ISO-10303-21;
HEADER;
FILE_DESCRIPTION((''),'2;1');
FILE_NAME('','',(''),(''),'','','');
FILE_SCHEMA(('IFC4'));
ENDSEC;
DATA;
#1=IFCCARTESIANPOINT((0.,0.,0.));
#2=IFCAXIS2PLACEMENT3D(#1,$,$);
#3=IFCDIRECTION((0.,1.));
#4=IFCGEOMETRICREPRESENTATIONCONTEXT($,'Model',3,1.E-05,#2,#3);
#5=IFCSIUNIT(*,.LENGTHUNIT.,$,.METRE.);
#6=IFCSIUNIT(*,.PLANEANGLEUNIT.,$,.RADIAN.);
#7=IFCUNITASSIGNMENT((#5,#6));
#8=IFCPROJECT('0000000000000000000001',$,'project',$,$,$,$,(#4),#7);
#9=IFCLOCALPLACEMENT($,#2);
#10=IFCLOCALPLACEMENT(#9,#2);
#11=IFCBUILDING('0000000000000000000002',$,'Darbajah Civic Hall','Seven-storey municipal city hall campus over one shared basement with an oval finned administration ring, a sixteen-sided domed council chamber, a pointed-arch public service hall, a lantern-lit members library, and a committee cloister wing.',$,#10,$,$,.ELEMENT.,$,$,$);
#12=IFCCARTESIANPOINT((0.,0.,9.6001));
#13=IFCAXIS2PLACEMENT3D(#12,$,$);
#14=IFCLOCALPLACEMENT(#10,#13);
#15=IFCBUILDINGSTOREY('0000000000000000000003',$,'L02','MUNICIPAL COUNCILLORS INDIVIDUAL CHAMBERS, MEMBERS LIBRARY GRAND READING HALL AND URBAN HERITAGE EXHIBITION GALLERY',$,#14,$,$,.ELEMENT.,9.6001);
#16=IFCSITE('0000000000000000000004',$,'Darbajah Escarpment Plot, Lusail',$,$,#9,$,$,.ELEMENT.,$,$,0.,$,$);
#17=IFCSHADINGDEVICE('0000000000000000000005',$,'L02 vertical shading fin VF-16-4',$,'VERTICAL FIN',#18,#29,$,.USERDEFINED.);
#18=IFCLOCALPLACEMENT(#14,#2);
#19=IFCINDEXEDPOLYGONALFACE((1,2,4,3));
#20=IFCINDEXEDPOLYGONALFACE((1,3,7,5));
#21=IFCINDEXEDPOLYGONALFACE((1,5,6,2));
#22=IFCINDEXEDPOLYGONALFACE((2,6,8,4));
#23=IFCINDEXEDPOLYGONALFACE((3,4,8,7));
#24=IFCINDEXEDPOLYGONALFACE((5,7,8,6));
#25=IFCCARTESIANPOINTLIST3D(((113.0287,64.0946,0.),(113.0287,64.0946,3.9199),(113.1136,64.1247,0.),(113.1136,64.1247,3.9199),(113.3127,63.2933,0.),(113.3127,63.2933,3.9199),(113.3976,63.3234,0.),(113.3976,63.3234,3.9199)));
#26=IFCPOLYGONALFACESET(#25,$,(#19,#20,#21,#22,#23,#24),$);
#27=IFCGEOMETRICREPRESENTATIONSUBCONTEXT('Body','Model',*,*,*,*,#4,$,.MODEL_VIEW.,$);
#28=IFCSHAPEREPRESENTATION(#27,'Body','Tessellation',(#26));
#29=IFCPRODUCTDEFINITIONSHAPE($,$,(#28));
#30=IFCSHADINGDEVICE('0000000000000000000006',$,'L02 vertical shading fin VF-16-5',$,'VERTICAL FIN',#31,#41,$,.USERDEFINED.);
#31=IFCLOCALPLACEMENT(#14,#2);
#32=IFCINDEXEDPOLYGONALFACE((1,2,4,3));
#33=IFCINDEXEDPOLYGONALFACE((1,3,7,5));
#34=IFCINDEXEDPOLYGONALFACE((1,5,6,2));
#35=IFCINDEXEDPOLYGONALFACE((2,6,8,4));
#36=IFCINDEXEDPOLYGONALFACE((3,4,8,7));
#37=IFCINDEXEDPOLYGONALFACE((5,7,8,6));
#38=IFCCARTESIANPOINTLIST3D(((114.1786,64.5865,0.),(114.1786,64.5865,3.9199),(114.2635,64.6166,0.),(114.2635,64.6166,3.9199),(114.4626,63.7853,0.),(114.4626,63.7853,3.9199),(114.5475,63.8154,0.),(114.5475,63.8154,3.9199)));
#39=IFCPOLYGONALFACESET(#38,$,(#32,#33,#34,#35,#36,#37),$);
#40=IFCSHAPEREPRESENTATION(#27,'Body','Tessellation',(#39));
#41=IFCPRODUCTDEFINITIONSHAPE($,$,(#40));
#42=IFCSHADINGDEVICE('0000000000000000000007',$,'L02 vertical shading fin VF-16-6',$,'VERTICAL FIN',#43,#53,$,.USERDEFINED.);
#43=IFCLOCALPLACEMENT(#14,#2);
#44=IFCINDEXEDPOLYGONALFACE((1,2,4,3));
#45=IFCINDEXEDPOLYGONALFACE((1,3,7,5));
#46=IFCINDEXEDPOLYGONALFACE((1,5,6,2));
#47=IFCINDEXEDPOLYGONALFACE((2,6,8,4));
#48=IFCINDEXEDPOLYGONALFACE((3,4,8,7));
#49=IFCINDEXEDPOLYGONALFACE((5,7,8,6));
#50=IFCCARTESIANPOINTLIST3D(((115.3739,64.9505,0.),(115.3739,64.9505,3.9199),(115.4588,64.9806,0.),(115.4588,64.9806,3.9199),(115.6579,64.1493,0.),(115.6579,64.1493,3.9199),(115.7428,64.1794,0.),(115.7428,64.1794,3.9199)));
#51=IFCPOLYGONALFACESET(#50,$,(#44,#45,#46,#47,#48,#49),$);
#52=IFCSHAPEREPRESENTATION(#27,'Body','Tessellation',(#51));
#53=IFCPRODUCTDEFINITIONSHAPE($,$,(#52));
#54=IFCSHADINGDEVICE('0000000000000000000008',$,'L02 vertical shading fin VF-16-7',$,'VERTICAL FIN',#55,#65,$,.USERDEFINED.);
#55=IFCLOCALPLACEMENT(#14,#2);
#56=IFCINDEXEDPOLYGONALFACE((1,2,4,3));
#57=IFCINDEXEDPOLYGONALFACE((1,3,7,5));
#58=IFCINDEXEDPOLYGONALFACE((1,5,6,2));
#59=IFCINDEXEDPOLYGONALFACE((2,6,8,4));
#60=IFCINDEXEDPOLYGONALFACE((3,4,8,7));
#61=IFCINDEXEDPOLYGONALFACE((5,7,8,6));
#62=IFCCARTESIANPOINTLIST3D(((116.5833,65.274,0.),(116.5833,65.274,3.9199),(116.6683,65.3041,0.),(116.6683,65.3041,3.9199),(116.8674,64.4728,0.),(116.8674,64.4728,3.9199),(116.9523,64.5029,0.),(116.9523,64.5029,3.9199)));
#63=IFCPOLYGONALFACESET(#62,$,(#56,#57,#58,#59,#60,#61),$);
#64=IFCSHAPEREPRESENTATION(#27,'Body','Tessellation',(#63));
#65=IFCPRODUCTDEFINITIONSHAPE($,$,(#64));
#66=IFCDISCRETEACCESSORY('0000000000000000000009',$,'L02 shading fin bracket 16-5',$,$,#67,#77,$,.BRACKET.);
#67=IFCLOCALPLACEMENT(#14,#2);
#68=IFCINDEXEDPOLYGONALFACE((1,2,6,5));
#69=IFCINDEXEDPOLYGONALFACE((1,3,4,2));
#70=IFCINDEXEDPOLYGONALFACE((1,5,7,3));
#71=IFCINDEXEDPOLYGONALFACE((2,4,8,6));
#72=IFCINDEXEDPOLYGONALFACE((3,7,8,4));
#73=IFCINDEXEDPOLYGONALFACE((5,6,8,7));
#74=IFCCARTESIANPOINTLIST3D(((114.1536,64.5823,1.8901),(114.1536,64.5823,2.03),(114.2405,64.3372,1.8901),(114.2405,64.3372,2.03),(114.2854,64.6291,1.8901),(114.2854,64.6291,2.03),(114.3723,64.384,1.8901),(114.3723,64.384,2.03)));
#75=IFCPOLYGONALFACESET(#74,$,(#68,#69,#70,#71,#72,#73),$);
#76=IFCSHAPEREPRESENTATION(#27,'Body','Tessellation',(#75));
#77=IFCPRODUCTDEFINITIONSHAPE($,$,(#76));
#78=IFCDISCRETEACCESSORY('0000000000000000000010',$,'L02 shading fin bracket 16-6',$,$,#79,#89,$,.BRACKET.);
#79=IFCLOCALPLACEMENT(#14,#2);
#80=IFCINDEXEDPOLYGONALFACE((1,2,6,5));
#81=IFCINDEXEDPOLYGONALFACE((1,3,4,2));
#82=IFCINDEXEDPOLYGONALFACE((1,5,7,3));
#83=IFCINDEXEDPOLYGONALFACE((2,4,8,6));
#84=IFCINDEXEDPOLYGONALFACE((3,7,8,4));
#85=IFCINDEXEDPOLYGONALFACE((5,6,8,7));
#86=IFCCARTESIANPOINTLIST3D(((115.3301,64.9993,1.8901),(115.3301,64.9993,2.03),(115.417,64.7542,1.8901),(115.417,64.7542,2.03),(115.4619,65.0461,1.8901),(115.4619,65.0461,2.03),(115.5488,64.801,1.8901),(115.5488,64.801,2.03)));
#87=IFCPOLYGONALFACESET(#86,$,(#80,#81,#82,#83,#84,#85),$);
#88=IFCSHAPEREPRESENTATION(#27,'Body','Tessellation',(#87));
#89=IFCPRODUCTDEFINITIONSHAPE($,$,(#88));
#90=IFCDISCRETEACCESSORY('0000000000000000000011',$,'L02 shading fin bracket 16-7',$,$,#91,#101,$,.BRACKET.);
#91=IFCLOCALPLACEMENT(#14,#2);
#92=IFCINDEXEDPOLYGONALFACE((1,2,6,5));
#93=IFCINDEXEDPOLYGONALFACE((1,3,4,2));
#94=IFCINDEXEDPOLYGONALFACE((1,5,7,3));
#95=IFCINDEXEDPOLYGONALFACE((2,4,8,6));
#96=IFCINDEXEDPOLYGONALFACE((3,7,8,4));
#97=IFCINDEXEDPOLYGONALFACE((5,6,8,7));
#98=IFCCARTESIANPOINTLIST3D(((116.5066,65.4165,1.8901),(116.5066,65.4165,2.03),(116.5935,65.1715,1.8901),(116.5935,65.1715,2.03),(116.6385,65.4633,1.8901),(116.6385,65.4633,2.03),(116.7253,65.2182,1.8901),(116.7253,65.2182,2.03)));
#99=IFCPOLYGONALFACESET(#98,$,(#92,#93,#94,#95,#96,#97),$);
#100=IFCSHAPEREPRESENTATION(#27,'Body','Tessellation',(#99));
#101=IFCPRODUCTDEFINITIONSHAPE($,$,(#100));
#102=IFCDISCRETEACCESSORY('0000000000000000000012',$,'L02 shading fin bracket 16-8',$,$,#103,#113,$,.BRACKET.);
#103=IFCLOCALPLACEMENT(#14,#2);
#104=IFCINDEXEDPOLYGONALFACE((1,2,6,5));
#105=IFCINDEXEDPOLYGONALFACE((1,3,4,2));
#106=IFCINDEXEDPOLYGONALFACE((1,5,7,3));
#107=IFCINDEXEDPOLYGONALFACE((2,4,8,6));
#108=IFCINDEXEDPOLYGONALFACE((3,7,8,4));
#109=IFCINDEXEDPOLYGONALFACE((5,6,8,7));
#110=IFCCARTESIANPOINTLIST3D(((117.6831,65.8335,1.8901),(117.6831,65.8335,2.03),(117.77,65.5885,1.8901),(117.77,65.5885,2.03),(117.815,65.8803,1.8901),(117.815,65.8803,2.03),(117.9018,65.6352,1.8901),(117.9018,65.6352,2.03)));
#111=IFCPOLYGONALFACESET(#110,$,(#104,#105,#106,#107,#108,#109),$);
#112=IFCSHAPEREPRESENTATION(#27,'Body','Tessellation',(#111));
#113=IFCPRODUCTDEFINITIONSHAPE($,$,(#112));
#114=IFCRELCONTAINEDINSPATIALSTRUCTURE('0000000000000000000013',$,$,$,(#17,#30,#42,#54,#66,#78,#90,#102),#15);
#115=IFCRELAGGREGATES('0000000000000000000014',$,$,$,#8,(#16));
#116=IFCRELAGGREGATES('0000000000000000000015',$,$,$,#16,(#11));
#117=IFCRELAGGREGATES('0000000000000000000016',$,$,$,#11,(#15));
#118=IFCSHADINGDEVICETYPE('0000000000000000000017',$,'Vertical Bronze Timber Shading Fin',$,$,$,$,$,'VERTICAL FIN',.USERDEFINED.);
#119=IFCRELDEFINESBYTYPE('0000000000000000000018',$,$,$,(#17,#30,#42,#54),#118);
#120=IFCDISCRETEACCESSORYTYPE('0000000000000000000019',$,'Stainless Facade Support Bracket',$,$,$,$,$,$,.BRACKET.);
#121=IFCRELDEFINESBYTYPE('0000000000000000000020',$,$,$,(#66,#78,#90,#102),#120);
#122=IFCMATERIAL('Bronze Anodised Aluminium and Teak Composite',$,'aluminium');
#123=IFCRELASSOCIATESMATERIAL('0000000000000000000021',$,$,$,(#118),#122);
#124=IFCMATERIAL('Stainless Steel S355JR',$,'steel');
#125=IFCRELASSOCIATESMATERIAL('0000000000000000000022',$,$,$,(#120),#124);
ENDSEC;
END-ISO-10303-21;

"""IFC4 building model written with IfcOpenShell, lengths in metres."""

from ifc_helpers import new_model, si_unit, direction, frame, origin, origin_2d, place, context, subcontext, project, spatial, rectangle, extrude, material, type_object, element, save


model = new_model("IFC4")

# Units and contexts
model_context = context("Model", 3, precision=1e-05, world=origin(), true_north=direction((0.0, 1.0)))
body_context = subcontext(model_context, "Body", "Model", "MODEL_VIEW")
ifc_project = project(units=[si_unit("LENGTHUNIT", "METRE"), si_unit("PLANEANGLEUNIT", "RADIAN")], contexts=[model_context])

# Site, building, storey
site_placement = place(None, origin())
site = spatial("IfcSite", under=ifc_project, at=site_placement, Name="Darbajah Escarpment Plot, Lusail", CompositionType="ELEMENT", RefElevation=0.0)
building_placement = place(site_placement, origin())
building = spatial("IfcBuilding", under=site, at=building_placement, Name="Darbajah Civic Hall", Description="Seven-storey municipal city hall campus over one shared basement with an oval finned administration ring, a sixteen-sided domed council chamber, a pointed-arch public service hall, a lantern-lit members library, and a committee cloister wing.", CompositionType="ELEMENT")
storey_placement = place(building_placement, frame((0.0, 0.0, 9.6001)))
storey = spatial("IfcBuildingStorey", under=building, at=storey_placement, Name="L02", Description="MUNICIPAL COUNCILLORS INDIVIDUAL CHAMBERS, MEMBERS LIBRARY GRAND READING HALL AND URBAN HERITAGE EXHIBITION GALLERY", CompositionType="ELEMENT", Elevation=9.6001)

# Shading devices
ifc_material_1 = material(Name="Bronze Anodised Aluminium and Teak Composite", Category="aluminium")
shading_device_type = type_object("IfcShadingDeviceType", Name="Vertical Bronze Timber Shading Fin", ElementType="VERTICAL FIN", PredefinedType="USERDEFINED", material=ifc_material_1)
for number, where, z_axis, x_axis, name in (
    (1, (113.2131, 63.709, 0.0), (0.0, 0.0, 1.0), (0.334136, -0.942525, 0.0), "L02 vertical shading fin VF-16-4"),
    (2, (114.363, 64.2009, 0.0), (0.0, 0.0, 1.0), (0.334136, -0.942525, 0.0), "L02 vertical shading fin VF-16-5"),
    (3, (115.5583, 64.5649, 0.0), (0.0, 0.0, 1.0), (0.334136, -0.942525, 0.0), "L02 vertical shading fin VF-16-6"),
    (4, (116.7678, 64.8884, 0.0), (0.0, 0.0, 1.0), (0.334136, -0.942525, 0.0), "L02 vertical shading fin VF-16-7"),
):
    element("IfcShadingDevice", number, at=place(storey_placement, frame(where, z_axis=z_axis, x_axis=x_axis)), inside=storey, type_object=shading_device_type, Name=name, ObjectType="VERTICAL FIN", PredefinedType="USERDEFINED", context=body_context, shape_type="SweptSolid", body=[
        extrude(rectangle(XDim=0.8501, YDim=0.0901, at=origin_2d()), origin(), (0.0, 0.0, 1.0), 3.9199),
    ])

# Discrete accessories
ifc_material_2 = material(Name="Stainless Steel S355JR", Category="steel")
discrete_accessory_type = type_object("IfcDiscreteAccessoryType", Name="Stainless Facade Support Bracket", PredefinedType="BRACKET", material=ifc_material_2)
for number, where, z_axis, x_axis, name in (
    (5, (114.2629, 64.4832, 1.8901), (0.0, 0.0, 1.0), (0.334136, -0.942525, 0.0), "L02 shading fin bracket 16-5"),
    (6, (115.4395, 64.9001, 1.8901), (0.0, 0.0, 1.0), (0.334136, -0.942525, 0.0), "L02 shading fin bracket 16-6"),
    (7, (116.616, 65.3174, 1.8901), (0.0, 0.0, 1.0), (0.334136, -0.942525, 0.0), "L02 shading fin bracket 16-7"),
    (8, (117.7925, 65.7344, 1.8901), (0.0, 0.0, 1.0), (0.334136, -0.942525, 0.0), "L02 shading fin bracket 16-8"),
):
    element("IfcDiscreteAccessory", number, at=place(storey_placement, frame(where, z_axis=z_axis, x_axis=x_axis)), inside=storey, type_object=discrete_accessory_type, Name=name, PredefinedType="BRACKET", context=body_context, shape_type="SweptSolid", body=[
        extrude(rectangle(XDim=0.26, YDim=0.1399, at=origin_2d()), origin(), (0.0, 0.0, 1.0), 0.1399),
    ])

save(model, "model.ifc")
